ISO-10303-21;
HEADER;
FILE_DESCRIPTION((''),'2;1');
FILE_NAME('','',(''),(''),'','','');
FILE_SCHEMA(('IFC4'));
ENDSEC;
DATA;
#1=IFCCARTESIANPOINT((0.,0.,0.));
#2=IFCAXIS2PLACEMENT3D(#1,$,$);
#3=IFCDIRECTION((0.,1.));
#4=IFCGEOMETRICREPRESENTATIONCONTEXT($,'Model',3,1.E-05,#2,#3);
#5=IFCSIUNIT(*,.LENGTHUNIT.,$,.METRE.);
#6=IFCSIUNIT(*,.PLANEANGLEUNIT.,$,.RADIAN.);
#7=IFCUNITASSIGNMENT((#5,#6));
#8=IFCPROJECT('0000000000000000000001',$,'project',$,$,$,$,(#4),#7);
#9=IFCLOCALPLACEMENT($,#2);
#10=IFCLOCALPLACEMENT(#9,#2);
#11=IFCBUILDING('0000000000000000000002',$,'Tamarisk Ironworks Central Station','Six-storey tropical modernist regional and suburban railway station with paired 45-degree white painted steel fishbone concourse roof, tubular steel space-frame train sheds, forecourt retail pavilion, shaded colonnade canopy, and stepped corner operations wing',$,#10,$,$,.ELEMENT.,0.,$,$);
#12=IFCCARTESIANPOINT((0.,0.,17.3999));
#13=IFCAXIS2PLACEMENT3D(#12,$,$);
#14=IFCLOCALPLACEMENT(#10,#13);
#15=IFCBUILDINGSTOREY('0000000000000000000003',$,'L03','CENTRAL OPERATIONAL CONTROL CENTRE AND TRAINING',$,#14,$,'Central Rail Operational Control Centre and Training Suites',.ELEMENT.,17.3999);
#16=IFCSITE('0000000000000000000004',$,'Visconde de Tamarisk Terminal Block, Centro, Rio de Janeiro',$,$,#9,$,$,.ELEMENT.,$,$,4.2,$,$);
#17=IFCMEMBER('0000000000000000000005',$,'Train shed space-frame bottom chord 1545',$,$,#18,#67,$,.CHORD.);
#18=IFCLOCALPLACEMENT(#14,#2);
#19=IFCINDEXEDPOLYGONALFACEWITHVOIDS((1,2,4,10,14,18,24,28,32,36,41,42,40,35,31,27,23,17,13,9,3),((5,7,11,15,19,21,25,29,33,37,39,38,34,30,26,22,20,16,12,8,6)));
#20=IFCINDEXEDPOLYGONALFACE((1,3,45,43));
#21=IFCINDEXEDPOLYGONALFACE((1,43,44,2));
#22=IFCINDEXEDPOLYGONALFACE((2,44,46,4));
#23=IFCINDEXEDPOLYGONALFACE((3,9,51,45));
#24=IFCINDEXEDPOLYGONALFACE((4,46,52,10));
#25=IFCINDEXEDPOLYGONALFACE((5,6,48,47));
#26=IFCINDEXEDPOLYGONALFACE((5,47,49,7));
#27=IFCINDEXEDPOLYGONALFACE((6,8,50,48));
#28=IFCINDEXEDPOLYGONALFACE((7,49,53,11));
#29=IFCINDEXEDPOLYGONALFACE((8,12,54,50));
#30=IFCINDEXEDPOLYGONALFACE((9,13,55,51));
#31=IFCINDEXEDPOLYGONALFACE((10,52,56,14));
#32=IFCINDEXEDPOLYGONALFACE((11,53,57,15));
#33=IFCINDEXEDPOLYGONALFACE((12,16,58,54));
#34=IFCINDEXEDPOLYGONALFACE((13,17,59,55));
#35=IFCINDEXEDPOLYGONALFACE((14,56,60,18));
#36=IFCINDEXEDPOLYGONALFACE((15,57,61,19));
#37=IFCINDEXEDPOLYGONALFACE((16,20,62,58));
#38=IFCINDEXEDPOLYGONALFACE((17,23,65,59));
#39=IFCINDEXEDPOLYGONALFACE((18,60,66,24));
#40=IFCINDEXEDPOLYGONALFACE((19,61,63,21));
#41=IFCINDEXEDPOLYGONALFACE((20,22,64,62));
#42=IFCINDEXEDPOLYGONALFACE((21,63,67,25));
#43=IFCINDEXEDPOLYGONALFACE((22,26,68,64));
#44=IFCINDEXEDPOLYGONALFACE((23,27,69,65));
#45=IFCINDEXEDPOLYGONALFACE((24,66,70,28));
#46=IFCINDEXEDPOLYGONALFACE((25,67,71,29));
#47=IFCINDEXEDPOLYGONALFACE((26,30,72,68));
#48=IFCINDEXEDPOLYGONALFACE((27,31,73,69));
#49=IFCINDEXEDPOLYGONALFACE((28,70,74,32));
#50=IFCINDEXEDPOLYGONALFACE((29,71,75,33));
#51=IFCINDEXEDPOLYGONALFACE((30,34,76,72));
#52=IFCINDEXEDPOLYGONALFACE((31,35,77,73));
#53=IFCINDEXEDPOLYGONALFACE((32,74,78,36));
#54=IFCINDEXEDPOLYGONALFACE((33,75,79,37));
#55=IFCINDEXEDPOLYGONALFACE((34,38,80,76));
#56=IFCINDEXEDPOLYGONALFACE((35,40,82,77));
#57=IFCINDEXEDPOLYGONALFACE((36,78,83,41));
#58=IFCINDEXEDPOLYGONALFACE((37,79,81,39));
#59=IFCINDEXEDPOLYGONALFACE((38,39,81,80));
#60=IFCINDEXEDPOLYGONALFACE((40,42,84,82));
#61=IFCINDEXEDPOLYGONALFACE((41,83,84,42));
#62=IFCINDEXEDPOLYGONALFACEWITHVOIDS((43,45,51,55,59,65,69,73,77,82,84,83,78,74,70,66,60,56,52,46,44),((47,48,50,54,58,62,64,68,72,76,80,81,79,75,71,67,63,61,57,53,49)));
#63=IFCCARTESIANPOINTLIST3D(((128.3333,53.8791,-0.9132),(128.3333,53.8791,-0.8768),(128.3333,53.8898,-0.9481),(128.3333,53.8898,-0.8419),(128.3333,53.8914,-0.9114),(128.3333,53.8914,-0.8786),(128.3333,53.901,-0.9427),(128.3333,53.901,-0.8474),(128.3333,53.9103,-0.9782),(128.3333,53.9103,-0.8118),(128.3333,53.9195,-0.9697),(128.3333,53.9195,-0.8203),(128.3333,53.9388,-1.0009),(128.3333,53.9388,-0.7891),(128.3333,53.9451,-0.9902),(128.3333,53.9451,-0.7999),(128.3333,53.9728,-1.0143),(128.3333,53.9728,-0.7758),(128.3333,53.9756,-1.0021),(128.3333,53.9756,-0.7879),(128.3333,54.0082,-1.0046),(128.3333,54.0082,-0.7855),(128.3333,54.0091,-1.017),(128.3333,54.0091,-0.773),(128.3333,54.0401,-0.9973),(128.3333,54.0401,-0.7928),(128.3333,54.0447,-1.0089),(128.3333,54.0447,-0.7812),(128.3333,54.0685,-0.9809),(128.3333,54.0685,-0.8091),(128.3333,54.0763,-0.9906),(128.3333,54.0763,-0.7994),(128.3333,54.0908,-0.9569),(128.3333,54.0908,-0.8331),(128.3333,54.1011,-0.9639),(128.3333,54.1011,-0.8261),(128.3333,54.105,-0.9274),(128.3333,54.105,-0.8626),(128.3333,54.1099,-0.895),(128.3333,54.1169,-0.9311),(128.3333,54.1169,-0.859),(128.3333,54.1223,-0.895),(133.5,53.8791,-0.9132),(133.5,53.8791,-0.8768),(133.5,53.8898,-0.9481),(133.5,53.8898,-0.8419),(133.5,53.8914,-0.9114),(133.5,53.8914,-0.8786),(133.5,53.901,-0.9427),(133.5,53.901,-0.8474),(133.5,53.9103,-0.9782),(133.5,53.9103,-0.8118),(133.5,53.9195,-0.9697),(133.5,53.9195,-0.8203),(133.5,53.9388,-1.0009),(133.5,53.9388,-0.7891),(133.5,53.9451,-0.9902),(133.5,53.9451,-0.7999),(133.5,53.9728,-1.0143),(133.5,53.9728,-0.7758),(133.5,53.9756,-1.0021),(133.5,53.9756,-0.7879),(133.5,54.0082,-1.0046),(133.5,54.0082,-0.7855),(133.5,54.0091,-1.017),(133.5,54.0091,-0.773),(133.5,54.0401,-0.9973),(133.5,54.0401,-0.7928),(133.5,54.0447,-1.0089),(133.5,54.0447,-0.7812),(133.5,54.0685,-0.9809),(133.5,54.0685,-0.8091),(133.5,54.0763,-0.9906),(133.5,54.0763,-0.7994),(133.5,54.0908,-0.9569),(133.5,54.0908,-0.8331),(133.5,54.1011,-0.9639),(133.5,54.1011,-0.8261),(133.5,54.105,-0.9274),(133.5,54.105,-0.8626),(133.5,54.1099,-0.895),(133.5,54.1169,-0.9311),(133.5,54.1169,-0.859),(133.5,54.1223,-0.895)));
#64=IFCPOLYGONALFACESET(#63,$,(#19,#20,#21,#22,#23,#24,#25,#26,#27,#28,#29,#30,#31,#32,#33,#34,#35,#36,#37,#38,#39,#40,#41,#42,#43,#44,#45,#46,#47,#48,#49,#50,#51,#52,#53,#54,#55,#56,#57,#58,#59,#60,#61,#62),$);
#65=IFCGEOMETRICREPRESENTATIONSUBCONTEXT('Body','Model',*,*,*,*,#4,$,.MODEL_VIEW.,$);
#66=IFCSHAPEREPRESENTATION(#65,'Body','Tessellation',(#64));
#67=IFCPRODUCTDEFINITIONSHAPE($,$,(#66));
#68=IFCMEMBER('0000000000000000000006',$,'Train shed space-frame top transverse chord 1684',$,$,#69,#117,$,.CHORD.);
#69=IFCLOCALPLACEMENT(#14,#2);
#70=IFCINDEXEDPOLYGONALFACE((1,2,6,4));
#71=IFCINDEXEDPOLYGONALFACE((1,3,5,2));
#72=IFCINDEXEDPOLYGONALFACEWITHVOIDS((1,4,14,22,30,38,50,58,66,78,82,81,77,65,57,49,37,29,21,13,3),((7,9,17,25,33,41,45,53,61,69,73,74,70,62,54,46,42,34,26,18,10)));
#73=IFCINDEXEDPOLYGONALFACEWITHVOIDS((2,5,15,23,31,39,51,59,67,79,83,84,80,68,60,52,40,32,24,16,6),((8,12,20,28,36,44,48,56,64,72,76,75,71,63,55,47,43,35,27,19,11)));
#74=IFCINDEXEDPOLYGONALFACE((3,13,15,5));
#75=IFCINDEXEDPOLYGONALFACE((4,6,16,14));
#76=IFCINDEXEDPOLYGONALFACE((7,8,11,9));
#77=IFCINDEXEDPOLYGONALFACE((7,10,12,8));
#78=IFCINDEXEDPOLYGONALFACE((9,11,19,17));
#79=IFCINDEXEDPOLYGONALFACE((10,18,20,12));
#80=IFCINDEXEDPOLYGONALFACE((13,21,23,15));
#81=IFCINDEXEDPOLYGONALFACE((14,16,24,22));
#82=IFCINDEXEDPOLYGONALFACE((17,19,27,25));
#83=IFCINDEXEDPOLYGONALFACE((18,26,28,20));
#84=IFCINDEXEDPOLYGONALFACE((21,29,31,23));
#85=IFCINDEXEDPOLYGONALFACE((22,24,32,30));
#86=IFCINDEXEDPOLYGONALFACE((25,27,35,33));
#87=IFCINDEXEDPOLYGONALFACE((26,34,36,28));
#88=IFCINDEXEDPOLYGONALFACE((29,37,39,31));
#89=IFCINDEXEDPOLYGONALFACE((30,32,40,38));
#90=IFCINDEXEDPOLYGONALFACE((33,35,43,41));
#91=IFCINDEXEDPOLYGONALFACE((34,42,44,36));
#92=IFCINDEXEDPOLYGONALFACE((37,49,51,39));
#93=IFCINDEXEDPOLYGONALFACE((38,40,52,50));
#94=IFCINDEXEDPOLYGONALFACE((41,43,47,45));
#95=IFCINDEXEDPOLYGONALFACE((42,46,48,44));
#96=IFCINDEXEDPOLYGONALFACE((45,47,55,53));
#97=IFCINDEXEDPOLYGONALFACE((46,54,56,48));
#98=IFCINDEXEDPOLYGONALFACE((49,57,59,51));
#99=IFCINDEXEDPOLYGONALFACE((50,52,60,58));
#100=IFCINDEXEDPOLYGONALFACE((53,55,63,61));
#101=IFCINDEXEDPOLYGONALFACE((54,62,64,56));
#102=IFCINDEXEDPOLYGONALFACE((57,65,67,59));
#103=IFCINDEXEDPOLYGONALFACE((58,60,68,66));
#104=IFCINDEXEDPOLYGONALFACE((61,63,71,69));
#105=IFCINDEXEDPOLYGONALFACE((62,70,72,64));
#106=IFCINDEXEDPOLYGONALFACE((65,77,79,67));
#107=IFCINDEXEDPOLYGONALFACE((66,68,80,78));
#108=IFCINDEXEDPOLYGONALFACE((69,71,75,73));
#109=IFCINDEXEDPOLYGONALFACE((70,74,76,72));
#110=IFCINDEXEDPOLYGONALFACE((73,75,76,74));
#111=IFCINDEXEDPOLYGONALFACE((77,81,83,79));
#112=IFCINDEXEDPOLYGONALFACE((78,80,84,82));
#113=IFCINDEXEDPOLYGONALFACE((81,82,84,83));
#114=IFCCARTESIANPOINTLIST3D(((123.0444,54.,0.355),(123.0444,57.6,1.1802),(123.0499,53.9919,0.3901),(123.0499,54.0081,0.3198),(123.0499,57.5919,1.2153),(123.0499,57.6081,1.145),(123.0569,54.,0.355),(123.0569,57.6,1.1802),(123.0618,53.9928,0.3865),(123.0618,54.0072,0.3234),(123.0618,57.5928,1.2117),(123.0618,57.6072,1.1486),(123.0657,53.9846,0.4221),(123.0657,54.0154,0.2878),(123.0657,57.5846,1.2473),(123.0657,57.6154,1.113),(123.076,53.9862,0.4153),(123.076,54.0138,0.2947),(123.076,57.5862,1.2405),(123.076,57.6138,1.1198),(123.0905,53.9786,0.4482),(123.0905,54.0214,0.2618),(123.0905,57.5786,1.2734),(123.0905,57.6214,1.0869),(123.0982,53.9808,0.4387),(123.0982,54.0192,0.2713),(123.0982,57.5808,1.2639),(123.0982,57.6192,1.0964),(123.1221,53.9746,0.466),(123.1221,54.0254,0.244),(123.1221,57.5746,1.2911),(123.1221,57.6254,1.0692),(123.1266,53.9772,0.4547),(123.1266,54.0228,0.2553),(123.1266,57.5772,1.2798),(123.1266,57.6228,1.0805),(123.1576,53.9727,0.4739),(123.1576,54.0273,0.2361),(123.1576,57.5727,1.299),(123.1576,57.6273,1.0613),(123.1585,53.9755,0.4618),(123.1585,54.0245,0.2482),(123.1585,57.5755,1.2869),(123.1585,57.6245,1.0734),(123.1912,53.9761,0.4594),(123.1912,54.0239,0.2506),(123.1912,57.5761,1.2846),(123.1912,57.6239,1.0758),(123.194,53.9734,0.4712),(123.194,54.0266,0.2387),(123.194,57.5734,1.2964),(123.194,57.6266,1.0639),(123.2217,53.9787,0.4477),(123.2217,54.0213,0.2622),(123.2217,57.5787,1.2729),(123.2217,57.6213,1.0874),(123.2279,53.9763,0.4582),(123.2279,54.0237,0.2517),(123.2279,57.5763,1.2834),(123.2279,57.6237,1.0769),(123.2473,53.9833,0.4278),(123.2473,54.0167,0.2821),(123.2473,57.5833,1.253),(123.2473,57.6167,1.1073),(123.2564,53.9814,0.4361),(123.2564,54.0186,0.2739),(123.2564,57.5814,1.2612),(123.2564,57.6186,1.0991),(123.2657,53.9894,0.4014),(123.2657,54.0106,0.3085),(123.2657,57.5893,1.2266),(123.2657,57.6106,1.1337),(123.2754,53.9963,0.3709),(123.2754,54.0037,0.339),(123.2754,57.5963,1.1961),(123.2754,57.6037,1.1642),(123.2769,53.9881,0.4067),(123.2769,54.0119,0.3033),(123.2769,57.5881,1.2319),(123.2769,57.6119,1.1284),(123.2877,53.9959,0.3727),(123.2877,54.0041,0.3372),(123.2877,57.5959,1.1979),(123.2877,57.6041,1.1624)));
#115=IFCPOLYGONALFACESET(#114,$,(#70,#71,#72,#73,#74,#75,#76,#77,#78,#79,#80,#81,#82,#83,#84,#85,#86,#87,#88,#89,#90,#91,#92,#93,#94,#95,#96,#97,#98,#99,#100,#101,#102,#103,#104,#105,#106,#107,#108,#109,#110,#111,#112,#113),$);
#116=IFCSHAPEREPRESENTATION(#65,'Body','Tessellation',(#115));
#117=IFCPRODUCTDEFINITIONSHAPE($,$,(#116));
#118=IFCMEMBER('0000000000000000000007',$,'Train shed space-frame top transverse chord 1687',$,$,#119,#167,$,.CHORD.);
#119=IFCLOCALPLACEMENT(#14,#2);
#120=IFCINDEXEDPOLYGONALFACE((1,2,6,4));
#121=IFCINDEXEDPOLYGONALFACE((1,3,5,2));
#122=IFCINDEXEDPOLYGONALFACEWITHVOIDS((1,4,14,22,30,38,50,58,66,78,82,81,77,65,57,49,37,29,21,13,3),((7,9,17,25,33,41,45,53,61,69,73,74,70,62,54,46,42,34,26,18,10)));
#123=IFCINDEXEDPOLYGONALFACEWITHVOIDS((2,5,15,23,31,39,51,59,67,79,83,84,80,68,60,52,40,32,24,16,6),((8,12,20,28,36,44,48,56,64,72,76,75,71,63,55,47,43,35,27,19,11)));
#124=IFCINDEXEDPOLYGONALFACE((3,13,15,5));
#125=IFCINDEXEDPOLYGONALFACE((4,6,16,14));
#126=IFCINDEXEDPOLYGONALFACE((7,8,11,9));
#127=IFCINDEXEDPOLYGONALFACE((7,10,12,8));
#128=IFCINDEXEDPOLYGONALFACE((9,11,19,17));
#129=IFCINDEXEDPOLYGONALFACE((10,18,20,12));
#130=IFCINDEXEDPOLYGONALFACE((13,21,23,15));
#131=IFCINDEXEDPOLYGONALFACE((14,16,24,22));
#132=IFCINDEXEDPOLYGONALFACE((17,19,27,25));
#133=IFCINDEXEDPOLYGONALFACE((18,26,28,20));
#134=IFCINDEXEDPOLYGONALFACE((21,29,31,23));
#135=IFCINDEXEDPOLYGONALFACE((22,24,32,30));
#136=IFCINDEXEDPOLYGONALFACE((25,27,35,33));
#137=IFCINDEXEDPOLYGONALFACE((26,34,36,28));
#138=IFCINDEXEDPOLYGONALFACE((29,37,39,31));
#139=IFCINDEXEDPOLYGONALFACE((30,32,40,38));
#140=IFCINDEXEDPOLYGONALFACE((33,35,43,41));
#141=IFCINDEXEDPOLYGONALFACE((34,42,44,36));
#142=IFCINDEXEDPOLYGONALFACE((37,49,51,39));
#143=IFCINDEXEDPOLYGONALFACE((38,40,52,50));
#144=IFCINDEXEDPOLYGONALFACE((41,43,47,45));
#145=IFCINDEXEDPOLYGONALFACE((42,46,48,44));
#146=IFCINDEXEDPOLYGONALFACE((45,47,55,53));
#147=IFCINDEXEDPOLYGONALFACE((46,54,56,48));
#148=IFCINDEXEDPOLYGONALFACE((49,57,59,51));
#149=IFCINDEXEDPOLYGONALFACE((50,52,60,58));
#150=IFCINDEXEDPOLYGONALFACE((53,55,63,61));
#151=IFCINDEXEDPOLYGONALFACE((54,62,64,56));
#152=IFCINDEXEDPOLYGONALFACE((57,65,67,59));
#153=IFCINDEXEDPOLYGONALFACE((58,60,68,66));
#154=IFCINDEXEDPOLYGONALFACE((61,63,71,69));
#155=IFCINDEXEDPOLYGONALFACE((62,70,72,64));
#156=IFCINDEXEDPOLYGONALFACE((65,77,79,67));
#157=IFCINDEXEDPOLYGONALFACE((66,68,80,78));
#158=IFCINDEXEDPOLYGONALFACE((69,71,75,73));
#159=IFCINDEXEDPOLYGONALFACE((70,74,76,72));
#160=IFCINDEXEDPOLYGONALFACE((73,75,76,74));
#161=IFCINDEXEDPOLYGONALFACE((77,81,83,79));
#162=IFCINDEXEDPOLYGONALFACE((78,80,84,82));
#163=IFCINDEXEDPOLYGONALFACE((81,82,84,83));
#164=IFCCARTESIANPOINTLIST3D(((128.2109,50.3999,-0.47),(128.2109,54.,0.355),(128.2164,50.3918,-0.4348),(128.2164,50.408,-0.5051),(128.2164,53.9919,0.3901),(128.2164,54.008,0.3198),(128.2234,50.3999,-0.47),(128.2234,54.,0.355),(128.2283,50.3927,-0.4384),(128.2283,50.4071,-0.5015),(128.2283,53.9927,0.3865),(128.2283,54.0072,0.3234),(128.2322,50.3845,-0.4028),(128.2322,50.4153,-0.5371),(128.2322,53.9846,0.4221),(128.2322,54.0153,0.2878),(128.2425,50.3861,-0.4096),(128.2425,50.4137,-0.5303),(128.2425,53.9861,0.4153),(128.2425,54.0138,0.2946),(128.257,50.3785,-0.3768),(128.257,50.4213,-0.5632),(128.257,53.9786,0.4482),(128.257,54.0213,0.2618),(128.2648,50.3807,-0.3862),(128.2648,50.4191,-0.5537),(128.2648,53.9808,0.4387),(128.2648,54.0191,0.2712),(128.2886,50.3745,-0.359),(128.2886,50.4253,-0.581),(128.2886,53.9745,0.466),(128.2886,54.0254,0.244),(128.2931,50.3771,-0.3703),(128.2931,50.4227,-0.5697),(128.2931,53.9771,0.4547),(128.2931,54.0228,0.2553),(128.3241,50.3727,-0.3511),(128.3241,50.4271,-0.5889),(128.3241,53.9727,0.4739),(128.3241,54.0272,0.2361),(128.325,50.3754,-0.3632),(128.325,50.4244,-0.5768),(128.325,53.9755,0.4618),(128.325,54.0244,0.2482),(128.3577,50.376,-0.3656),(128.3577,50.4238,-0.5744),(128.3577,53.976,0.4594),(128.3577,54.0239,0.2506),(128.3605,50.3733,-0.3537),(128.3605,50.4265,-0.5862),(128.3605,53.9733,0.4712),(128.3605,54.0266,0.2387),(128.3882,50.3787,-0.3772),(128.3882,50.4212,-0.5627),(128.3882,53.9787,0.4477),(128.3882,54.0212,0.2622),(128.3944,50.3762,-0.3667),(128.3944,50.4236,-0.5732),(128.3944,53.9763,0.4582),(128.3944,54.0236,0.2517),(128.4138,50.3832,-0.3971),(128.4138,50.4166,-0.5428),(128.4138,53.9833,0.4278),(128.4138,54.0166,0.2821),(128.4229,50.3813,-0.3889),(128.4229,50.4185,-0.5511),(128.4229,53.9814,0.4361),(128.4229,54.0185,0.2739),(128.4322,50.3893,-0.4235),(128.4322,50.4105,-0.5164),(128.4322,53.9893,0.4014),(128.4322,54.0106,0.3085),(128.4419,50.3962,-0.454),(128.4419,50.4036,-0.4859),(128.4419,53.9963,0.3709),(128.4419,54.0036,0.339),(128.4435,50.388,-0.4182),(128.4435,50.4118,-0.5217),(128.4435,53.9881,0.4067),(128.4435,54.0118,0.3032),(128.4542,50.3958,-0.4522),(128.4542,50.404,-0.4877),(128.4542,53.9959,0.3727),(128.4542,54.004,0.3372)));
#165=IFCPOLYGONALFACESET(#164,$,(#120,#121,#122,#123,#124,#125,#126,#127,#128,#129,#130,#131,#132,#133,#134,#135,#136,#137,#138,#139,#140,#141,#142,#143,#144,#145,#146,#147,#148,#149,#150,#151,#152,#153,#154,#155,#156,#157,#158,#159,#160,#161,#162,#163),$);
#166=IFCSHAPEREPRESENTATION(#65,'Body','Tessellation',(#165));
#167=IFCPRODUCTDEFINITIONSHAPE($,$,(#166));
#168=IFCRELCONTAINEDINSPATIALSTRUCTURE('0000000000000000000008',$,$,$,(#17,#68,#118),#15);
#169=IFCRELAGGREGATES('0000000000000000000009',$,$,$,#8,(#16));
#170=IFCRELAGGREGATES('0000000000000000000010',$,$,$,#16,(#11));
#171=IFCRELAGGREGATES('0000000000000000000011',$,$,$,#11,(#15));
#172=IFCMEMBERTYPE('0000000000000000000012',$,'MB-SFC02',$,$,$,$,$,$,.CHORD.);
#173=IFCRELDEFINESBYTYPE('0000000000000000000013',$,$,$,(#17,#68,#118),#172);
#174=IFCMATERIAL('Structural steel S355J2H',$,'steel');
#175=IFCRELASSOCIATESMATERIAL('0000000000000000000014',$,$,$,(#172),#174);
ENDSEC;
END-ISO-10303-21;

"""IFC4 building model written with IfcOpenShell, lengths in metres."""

from ifc_helpers import new_model, si_unit, direction, frame, origin, origin_2d, place, context, subcontext, project, spatial, hollow_circle, extrude, material, material_profile, profile_set, type_object, element, save


model = new_model("IFC4")

# Units and contexts
model_context = context("Model", 3, precision=1e-05, world=origin(), true_north=direction((0.0, 1.0)))
body_context = subcontext(model_context, "Body", "Model", "MODEL_VIEW")
ifc_project = project(units=[si_unit("LENGTHUNIT", "METRE"), si_unit("PLANEANGLEUNIT", "RADIAN")], contexts=[model_context])

# Site, building, storey
site_placement = place(None, origin())
site = spatial("IfcSite", under=ifc_project, at=site_placement, Name="Visconde de Tamarisk Terminal Block, Centro, Rio de Janeiro", CompositionType="ELEMENT", RefElevation=4.2)
building_placement = place(site_placement, origin())
building = spatial("IfcBuilding", under=site, at=building_placement, Name="Tamarisk Ironworks Central Station", Description="Six-storey tropical modernist regional and suburban railway station with paired 45-degree white painted steel fishbone concourse roof, tubular steel space-frame train sheds, forecourt retail pavilion, shaded colonnade canopy, and stepped corner operations wing", CompositionType="ELEMENT", ElevationOfRefHeight=0.0)
storey_placement = place(building_placement, frame((0.0, 0.0, 17.3999)))
storey = spatial("IfcBuildingStorey", under=building, at=storey_placement, Name="L03", Description="CENTRAL OPERATIONAL CONTROL CENTRE AND TRAINING", LongName="Central Rail Operational Control Centre and Training Suites", CompositionType="ELEMENT", Elevation=17.3999)

# Members
ifc_material_1 = material(Name="Structural steel S355J2H", Category="steel")
ifc_material_profile_1 = material_profile(ifc_material_1, hollow_circle(Radius=0.1223, WallThickness=0.0125, at=origin_2d()), Name="CHS 244.5x12.5")
ifc_profile_set_1 = profile_set([ifc_material_profile_1], Name="Structural steel S355J2H")
member_type_1 = type_object("IfcMemberType", Name="MB-SFC02", PredefinedType="CHORD", material=ifc_profile_set_1)
member_1_placement = place(storey_placement, frame((128.3333, 54.0, -0.895), z_axis=(1.0, 0.0, 0.0), x_axis=(0.0, 1.0, 0.0)))
element("IfcMember", 1, at=member_1_placement, inside=storey, type_object=member_type_1, Name="Train shed space-frame bottom chord 1545", PredefinedType="CHORD", context=body_context, shape_type="SweptSolid", body=[
    extrude(hollow_circle(Radius=0.1223, WallThickness=0.0125, at=origin_2d()), origin(), (0.0, 0.0, 1.0), 5.1667),
])
for number, where, z_axis, x_axis, name in (
    (2, (123.1667, 54.0, 0.355), (0.0, 0.974722, 0.223421), (-1.0, 0.0, 0.0), "Train shed space-frame top transverse chord 1684"),
    (3, (128.3333, 50.3999, -0.47), (0.0, 0.974737, 0.223358), (-1.0, 0.0, 0.0), "Train shed space-frame top transverse chord 1687"),
):
    element("IfcMember", number, at=place(storey_placement, frame(where, z_axis=z_axis, x_axis=x_axis)), inside=storey, type_object=member_type_1, Name=name, PredefinedType="CHORD", context=body_context, shape_type="SweptSolid", body=[
        extrude(hollow_circle(Radius=0.1223, WallThickness=0.0125, at=origin_2d()), origin(), (0.0, 0.0, 1.0), 3.6934),
    ])

save(model, "model.ifc")
